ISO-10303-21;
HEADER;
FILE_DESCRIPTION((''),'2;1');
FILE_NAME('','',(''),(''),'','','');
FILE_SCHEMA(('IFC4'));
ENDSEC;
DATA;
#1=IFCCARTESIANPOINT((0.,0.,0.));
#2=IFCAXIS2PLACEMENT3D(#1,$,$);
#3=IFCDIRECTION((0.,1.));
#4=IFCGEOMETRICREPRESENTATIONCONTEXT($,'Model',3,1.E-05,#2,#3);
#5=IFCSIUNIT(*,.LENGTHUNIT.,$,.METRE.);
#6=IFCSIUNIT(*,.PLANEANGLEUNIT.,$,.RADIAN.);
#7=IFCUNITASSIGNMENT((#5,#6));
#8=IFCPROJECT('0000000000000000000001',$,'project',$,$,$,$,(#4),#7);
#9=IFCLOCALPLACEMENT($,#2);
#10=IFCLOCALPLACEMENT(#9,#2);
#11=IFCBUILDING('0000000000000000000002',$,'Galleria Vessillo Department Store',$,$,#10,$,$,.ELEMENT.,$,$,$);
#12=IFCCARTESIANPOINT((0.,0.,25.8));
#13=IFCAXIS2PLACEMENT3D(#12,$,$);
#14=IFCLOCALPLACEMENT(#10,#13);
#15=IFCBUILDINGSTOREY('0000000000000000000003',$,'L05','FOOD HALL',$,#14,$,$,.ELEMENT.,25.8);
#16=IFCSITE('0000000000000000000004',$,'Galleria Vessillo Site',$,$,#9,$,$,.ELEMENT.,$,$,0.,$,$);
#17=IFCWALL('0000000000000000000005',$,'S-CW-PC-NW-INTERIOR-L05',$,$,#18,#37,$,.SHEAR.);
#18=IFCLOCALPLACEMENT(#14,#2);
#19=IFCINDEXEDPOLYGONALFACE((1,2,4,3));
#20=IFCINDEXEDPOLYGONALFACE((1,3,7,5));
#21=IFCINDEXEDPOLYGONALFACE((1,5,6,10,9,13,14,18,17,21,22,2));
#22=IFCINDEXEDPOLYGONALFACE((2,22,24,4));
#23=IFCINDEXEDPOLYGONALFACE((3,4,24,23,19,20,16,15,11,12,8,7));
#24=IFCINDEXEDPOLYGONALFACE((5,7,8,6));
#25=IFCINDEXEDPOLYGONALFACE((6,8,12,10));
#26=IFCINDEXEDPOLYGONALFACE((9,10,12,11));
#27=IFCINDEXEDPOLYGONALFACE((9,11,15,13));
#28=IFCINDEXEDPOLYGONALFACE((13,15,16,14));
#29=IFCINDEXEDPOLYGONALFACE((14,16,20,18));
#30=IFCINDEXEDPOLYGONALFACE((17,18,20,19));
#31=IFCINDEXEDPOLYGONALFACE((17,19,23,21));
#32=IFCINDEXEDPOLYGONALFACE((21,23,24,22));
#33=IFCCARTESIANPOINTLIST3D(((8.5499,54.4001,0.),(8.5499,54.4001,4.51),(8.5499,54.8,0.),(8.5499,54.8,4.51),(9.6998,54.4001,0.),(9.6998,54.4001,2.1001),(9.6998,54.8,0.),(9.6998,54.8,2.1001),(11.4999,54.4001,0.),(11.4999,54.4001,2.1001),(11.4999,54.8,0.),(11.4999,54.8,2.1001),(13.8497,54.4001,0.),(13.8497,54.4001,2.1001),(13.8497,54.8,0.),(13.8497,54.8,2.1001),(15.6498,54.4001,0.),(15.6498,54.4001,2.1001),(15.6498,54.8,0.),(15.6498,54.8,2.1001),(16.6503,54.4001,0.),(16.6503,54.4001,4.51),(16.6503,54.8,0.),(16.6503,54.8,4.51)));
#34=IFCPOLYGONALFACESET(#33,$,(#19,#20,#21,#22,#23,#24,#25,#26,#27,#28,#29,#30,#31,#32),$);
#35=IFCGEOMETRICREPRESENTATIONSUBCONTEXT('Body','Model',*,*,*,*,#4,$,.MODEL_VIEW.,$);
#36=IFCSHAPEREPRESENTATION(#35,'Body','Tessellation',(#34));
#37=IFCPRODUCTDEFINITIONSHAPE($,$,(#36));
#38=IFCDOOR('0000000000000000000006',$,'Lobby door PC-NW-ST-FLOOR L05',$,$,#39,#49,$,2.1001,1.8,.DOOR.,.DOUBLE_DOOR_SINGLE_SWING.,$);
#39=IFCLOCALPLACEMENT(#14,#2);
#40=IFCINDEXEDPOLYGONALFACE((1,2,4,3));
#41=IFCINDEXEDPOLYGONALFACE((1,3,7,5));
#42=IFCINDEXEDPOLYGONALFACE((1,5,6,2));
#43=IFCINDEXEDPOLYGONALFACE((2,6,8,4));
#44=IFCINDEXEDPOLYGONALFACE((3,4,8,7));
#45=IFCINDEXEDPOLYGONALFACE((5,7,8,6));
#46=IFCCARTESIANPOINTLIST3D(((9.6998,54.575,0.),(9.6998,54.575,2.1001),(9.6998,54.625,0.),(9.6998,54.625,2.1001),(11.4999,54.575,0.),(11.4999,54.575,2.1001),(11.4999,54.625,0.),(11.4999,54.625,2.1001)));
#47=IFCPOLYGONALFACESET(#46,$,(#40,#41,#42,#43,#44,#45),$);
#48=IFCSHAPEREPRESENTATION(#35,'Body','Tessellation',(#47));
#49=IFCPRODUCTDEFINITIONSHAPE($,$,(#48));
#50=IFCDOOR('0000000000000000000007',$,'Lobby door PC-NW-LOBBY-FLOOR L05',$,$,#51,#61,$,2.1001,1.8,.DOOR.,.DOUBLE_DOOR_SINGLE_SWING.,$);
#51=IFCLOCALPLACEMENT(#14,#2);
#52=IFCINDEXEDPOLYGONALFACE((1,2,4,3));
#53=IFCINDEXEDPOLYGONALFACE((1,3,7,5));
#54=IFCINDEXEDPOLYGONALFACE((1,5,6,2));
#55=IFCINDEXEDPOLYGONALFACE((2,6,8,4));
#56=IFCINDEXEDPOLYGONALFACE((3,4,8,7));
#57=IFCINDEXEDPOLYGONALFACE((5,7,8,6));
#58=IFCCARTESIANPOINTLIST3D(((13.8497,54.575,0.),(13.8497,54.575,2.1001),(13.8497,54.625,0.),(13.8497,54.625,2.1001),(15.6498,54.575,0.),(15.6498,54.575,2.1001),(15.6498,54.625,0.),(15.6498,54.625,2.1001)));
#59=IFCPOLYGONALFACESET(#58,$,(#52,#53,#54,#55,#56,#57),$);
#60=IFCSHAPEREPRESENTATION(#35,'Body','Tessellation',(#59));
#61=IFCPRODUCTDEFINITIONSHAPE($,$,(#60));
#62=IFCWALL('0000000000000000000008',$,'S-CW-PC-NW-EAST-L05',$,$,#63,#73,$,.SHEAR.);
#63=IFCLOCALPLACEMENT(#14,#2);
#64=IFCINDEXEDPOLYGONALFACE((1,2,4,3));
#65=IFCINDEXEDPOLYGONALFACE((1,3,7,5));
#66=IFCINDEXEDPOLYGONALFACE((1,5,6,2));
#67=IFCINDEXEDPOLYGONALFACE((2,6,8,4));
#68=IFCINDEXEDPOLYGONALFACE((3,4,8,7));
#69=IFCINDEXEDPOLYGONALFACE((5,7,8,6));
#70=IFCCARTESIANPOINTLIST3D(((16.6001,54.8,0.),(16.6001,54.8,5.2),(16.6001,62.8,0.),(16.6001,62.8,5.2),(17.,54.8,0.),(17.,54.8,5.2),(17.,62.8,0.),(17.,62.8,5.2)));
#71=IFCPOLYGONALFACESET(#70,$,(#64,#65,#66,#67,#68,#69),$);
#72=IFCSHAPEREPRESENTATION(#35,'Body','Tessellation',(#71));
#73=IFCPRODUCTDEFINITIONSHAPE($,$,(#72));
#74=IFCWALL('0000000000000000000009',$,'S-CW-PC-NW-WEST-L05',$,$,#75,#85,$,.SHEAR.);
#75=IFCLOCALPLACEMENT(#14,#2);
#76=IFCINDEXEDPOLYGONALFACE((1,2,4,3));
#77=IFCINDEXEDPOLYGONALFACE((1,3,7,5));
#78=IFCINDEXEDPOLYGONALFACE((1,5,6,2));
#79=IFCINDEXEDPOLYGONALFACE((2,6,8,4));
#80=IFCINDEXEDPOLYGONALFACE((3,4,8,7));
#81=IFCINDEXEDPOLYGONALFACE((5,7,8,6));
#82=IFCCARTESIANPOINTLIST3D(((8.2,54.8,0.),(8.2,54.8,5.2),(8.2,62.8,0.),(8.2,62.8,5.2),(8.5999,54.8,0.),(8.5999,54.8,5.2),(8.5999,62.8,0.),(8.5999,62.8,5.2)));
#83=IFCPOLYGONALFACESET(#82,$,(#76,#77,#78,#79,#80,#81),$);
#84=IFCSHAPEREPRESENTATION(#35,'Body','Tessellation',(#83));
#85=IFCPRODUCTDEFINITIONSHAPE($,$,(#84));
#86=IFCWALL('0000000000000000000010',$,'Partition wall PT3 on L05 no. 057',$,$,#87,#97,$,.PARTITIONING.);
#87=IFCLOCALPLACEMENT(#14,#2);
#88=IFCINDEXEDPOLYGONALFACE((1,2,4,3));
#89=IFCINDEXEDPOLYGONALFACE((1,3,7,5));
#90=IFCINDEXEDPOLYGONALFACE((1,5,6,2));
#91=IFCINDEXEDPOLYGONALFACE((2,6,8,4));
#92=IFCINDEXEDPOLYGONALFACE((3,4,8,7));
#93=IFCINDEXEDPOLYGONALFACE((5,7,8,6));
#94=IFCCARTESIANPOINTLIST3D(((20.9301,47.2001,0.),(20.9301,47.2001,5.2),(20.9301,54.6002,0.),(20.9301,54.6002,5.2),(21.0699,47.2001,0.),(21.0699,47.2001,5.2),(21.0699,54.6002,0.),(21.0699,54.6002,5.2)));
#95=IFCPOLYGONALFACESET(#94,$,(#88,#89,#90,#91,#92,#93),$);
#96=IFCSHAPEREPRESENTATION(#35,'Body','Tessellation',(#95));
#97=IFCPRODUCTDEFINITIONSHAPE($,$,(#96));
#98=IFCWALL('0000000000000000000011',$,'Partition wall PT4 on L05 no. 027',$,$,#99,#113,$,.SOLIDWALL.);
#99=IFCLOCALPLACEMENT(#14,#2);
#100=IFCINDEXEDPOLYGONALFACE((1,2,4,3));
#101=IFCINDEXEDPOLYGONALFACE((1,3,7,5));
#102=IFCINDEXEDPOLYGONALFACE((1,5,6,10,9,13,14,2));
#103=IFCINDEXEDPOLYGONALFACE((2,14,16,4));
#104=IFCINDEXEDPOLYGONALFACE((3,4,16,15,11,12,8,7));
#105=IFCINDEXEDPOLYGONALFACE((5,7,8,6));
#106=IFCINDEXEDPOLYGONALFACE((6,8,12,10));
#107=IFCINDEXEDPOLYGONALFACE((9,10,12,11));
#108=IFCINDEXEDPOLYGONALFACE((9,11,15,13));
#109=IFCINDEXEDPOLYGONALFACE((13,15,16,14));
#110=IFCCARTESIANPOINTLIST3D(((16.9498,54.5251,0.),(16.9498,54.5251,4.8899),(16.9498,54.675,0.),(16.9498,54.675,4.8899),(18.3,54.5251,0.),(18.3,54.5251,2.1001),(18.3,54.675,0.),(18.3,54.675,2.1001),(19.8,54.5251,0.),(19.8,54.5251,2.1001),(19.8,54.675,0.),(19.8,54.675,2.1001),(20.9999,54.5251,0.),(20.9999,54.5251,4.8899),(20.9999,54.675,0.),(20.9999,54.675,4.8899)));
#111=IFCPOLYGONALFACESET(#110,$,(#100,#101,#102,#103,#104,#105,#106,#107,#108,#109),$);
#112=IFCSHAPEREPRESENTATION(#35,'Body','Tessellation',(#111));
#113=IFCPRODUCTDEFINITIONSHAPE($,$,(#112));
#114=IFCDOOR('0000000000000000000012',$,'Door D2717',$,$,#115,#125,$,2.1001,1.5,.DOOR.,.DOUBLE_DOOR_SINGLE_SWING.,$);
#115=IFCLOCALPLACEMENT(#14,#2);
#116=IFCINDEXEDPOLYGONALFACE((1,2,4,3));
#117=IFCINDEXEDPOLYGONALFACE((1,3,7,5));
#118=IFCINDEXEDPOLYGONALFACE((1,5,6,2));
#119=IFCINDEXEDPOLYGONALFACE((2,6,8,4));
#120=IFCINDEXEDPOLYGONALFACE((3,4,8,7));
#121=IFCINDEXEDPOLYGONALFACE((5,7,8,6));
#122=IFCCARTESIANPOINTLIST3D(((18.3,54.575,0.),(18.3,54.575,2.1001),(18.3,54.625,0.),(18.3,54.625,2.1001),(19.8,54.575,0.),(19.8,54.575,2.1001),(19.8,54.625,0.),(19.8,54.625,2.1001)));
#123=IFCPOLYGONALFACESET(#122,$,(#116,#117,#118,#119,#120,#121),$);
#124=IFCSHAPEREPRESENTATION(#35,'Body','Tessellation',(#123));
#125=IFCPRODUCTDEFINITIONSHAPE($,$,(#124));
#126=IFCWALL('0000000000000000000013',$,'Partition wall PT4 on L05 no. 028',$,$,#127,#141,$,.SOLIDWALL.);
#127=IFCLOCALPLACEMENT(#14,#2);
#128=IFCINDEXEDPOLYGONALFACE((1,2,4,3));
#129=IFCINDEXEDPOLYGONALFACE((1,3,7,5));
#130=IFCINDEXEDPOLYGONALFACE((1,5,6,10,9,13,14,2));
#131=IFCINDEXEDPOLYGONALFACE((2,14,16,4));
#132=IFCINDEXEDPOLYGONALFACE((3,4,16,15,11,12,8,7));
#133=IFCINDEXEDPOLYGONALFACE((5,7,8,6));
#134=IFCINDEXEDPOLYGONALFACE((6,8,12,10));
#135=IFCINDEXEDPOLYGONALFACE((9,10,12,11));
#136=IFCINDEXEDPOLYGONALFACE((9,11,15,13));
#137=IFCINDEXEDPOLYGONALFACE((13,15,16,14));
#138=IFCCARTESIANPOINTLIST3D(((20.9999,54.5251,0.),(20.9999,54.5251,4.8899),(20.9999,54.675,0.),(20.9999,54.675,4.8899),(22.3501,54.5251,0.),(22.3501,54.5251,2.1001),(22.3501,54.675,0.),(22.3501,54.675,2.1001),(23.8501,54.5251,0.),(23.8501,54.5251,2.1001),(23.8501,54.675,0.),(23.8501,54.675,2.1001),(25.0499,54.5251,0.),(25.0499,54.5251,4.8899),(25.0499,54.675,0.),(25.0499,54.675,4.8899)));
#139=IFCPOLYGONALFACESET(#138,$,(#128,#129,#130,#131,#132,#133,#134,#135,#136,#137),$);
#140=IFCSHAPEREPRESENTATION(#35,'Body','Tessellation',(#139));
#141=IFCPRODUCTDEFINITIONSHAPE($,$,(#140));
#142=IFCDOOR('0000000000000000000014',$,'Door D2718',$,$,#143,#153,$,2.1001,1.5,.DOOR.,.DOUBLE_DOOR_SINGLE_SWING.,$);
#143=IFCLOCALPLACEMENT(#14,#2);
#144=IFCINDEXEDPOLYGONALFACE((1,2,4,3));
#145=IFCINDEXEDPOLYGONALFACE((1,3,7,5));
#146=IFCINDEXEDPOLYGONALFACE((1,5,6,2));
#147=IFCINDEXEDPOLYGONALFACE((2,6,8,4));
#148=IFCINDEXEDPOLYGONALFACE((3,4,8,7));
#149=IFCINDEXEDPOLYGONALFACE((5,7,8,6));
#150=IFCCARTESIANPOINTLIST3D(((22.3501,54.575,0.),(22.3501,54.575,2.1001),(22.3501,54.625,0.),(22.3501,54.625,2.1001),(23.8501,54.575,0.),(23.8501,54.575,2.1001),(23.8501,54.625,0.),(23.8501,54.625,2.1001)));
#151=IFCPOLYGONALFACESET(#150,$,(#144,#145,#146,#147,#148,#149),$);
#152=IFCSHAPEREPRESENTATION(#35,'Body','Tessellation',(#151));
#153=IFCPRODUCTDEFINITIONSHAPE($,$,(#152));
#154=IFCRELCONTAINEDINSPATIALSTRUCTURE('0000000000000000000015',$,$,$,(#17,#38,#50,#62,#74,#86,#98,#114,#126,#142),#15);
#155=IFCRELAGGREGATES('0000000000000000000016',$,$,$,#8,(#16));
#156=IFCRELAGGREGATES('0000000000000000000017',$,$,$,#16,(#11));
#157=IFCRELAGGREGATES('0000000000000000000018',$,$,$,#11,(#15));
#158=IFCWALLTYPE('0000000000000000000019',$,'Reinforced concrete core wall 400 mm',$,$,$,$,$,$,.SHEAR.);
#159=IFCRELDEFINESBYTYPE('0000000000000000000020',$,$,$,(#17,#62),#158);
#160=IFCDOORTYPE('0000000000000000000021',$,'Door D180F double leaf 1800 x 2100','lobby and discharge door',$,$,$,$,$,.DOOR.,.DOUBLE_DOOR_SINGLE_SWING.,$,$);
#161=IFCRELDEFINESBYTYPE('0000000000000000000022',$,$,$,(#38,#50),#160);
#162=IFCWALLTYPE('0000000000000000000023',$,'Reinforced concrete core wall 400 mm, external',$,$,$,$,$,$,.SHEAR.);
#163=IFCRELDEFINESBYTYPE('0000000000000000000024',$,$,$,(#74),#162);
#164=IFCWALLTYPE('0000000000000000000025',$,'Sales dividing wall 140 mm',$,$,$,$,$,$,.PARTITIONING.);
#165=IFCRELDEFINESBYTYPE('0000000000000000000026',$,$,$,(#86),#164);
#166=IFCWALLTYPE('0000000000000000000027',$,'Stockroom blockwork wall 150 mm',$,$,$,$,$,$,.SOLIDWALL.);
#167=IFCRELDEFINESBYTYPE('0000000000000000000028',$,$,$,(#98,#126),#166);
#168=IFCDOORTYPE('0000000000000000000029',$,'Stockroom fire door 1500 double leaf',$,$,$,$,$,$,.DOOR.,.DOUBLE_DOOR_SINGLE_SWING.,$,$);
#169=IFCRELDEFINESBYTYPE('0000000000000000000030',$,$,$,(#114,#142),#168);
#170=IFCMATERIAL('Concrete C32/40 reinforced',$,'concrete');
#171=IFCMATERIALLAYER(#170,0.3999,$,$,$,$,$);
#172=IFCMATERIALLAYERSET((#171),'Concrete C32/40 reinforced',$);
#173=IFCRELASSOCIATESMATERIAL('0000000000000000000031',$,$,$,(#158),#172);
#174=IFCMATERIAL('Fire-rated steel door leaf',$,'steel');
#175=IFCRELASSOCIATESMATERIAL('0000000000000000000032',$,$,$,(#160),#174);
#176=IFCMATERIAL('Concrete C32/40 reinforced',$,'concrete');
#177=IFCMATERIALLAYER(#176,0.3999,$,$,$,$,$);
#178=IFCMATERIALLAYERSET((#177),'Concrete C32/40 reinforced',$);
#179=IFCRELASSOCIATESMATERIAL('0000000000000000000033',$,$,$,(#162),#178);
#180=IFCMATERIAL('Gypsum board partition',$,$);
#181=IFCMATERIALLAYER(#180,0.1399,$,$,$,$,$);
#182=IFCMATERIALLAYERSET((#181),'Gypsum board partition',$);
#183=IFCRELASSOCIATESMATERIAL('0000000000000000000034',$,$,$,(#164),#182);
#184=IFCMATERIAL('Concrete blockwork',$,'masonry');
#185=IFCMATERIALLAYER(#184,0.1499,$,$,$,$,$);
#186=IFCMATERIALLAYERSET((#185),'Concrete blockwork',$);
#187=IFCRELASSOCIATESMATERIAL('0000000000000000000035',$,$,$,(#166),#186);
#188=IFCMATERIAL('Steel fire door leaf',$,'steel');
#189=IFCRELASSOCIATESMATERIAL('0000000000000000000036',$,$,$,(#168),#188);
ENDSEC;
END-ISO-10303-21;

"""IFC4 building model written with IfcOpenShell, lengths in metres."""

from ifc_helpers import new_model, si_unit, direction, frame, frame_2d, origin, place, context, subcontext, project, spatial, rectangle, extrude, material, layer, layer_set, type_object, element, fill, save


model = new_model("IFC4")

# Units and contexts
model_context = context("Model", 3, precision=1e-05, world=origin(), true_north=direction((0.0, 1.0)))
body_context = subcontext(model_context, "Body", "Model", "MODEL_VIEW")
ifc_project = project(units=[si_unit("LENGTHUNIT", "METRE"), si_unit("PLANEANGLEUNIT", "RADIAN")], contexts=[model_context])

# Site, building, storey
site_placement = place(None, origin())
site = spatial("IfcSite", under=ifc_project, at=site_placement, Name="Galleria Vessillo Site", CompositionType="ELEMENT", RefElevation=0.0)
building_placement = place(site_placement, origin())
building = spatial("IfcBuilding", under=site, at=building_placement, Name="Galleria Vessillo Department Store", CompositionType="ELEMENT")
storey_placement = place(building_placement, frame((0.0, 0.0, 25.8)))
storey = spatial("IfcBuildingStorey", under=building, at=storey_placement, Name="L05", Description="FOOD HALL", CompositionType="ELEMENT", Elevation=25.8)

# Wall, openings, doors
ifc_material_1 = material(Name="Concrete C32/40 reinforced", Category="concrete")
ifc_layer_1 = layer(ifc_material_1, 0.3999)
ifc_layer_set_1 = layer_set([ifc_layer_1], Name="Concrete C32/40 reinforced")
wall_type_1 = type_object("IfcWallType", Name="Reinforced concrete core wall 400 mm", PredefinedType="SHEAR", material=ifc_layer_set_1)
wall_1_placement = place(storey_placement, frame((8.5498, 54.6001, 0.0), z_axis=(0.0, 0.0, 1.0), x_axis=(1.0, 0.0, 0.0)))
wall_1 = element("IfcWall", 1, at=wall_1_placement, inside=storey, type_object=wall_type_1, Name="S-CW-PC-NW-INTERIOR-L05", PredefinedType="SHEAR", context=body_context, shape_type="SweptSolid", body=[
    extrude(rectangle(XDim=8.1003, YDim=0.3999, at=frame_2d((4.0503, 0.0))), origin(), (0.0, 0.0, 1.0), 4.51),
])
opening_1_placement = place(wall_1_placement, frame((1.1501, 0.0, 0.0)))
opening_1 = element("IfcOpeningElement", 2, at=opening_1_placement, cuts=wall_1, PredefinedType="OPENING", context=body_context, shape_type="SweptSolid", body=[
    extrude(rectangle(XDim=1.8, YDim=2.1001, at=frame_2d((0.8999, 1.05))), frame((0.0, 0.21, 0.0), z_axis=(0.0, -1.0, 0.0), x_axis=(1.0, 0.0, 0.0)), (0.0, 0.0, 1.0), 0.4199),
])
opening_2_placement = place(wall_1_placement, frame((5.3, 0.0, 0.0)))
opening_2 = element("IfcOpeningElement", 3, at=opening_2_placement, cuts=wall_1, PredefinedType="OPENING", context=body_context, shape_type="SweptSolid", body=[
    extrude(rectangle(XDim=1.8, YDim=2.1001, at=frame_2d((0.8999, 1.05))), frame((0.0, 0.21, 0.0), z_axis=(0.0, -1.0, 0.0), x_axis=(1.0, 0.0, 0.0)), (0.0, 0.0, 1.0), 0.4199),
])
ifc_material_2 = material(Name="Fire-rated steel door leaf", Category="steel")
door_type_1 = type_object("IfcDoorType", Name="Door D180F double leaf 1800 x 2100", Description="lobby and discharge door", OperationType="DOUBLE_DOOR_SINGLE_SWING", PredefinedType="DOOR", material=ifc_material_2)
door_1_placement = place(opening_1_placement, origin())
door_1 = element("IfcDoor", 4, at=door_1_placement, inside=storey, type_object=door_type_1, Name="Lobby door PC-NW-ST-FLOOR L05", OperationType="DOUBLE_DOOR_SINGLE_SWING", OverallHeight=2.1001, OverallWidth=1.8, PredefinedType="DOOR", context=body_context, shape_type="SweptSolid", body=[
    extrude(rectangle(XDim=1.8, YDim=2.1001, at=frame_2d((0.8999, 1.05))), frame((0.0, 0.0249, 0.0), z_axis=(0.0, -1.0, 0.0), x_axis=(1.0, 0.0, 0.0)), (0.0, 0.0, 1.0), 0.05),
])
fill(opening_1, door_1)
door_2_placement = place(opening_2_placement, origin())
door_2 = element("IfcDoor", 5, at=door_2_placement, inside=storey, type_object=door_type_1, Name="Lobby door PC-NW-LOBBY-FLOOR L05", OperationType="DOUBLE_DOOR_SINGLE_SWING", OverallHeight=2.1001, OverallWidth=1.8, PredefinedType="DOOR", context=body_context, shape_type="SweptSolid", body=[
    extrude(rectangle(XDim=1.8, YDim=2.1001, at=frame_2d((0.8999, 1.05))), frame((0.0, 0.0249, 0.0), z_axis=(0.0, -1.0, 0.0), x_axis=(1.0, 0.0, 0.0)), (0.0, 0.0, 1.0), 0.05),
])
fill(opening_2, door_2)

# Walls
wall_2_placement = place(storey_placement, frame((16.8, 54.8, 0.0), z_axis=(0.0, 0.0, 1.0), x_axis=(0.0, 1.0, 0.0)))
element("IfcWall", 6, at=wall_2_placement, inside=storey, type_object=wall_type_1, Name="S-CW-PC-NW-EAST-L05", PredefinedType="SHEAR", context=body_context, shape_type="SweptSolid", body=[
    extrude(rectangle(XDim=8.0, YDim=0.3999, at=frame_2d((4.0, 0.0))), origin(), (0.0, 0.0, 1.0), 5.2),
])
ifc_material_3 = material(Name="Concrete C32/40 reinforced", Category="concrete")
ifc_layer_2 = layer(ifc_material_3, 0.3999)
ifc_layer_set_2 = layer_set([ifc_layer_2], Name="Concrete C32/40 reinforced")
wall_type_2 = type_object("IfcWallType", Name="Reinforced concrete core wall 400 mm, external", PredefinedType="SHEAR", material=ifc_layer_set_2)
wall_3_placement = place(storey_placement, frame((8.3999, 54.8, 0.0), z_axis=(0.0, 0.0, 1.0), x_axis=(0.0, 1.0, 0.0)))
element("IfcWall", 7, at=wall_3_placement, inside=storey, type_object=wall_type_2, Name="S-CW-PC-NW-WEST-L05", PredefinedType="SHEAR", context=body_context, shape_type="SweptSolid", body=[
    extrude(rectangle(XDim=8.0, YDim=0.3999, at=frame_2d((4.0, 0.0))), origin(), (0.0, 0.0, 1.0), 5.2),
])
ifc_material_4 = material(Name="Gypsum board partition")
ifc_layer_3 = layer(ifc_material_4, 0.1399)
ifc_layer_set_3 = layer_set([ifc_layer_3], Name="Gypsum board partition")
wall_type_3 = type_object("IfcWallType", Name="Sales dividing wall 140 mm", PredefinedType="PARTITIONING", material=ifc_layer_set_3)
wall_4_placement = place(storey_placement, frame((21.0, 47.2, 0.0), z_axis=(0.0, 0.0, 1.0), x_axis=(0.0, 1.0, 0.0)))
element("IfcWall", 8, at=wall_4_placement, inside=storey, type_object=wall_type_3, Name="Partition wall PT3 on L05 no. 057", PredefinedType="PARTITIONING", context=body_context, shape_type="SweptSolid", body=[
    extrude(rectangle(XDim=7.4001, YDim=0.1399, at=frame_2d((3.7002, 0.0))), origin(), (0.0, 0.0, 1.0), 5.2),
])

# Walls, openings, doors
ifc_material_5 = material(Name="Concrete blockwork", Category="masonry")
ifc_layer_4 = layer(ifc_material_5, 0.1499)
ifc_layer_set_4 = layer_set([ifc_layer_4], Name="Concrete blockwork")
wall_type_4 = type_object("IfcWallType", Name="Stockroom blockwork wall 150 mm", PredefinedType="SOLIDWALL", material=ifc_layer_set_4)
wall_5_placement = place(storey_placement, frame((16.95, 54.6001, 0.0), z_axis=(0.0, 0.0, 1.0), x_axis=(1.0, 0.0, 0.0)))
wall_5 = element("IfcWall", 9, at=wall_5_placement, inside=storey, type_object=wall_type_4, Name="Partition wall PT4 on L05 no. 027", PredefinedType="SOLIDWALL", context=body_context, shape_type="SweptSolid", body=[
    extrude(rectangle(XDim=4.05, YDim=0.1499, at=frame_2d((2.0249, 0.0))), origin(), (0.0, 0.0, 1.0), 4.8899),
])
opening_3_placement = place(wall_5_placement, frame((1.3501, 0.0, 0.0)))
opening_3 = element("IfcOpeningElement", 10, at=opening_3_placement, cuts=wall_5, PredefinedType="OPENING", context=body_context, shape_type="SweptSolid", body=[
    extrude(rectangle(XDim=1.5, YDim=2.1001, at=frame_2d((0.75, 1.05))), frame((0.0, 0.085, 0.0), z_axis=(0.0, -1.0, 0.0), x_axis=(1.0, 0.0, 0.0)), (0.0, 0.0, 1.0), 0.1699),
])
ifc_material_6 = material(Name="Steel fire door leaf", Category="steel")
door_type_2 = type_object("IfcDoorType", Name="Stockroom fire door 1500 double leaf", OperationType="DOUBLE_DOOR_SINGLE_SWING", PredefinedType="DOOR", material=ifc_material_6)
door_3_placement = place(opening_3_placement, origin())
door_3 = element("IfcDoor", 11, at=door_3_placement, inside=storey, type_object=door_type_2, Name="Door D2717", OperationType="DOUBLE_DOOR_SINGLE_SWING", OverallHeight=2.1001, OverallWidth=1.5, PredefinedType="DOOR", context=body_context, shape_type="SweptSolid", body=[
    extrude(rectangle(XDim=1.5, YDim=2.1001, at=frame_2d((0.75, 1.05))), frame((0.0, 0.0249, 0.0), z_axis=(0.0, -1.0, 0.0), x_axis=(1.0, 0.0, 0.0)), (0.0, 0.0, 1.0), 0.05),
])
fill(opening_3, door_3)
wall_6_placement = place(storey_placement, frame((21.0, 54.6001, 0.0), z_axis=(0.0, 0.0, 1.0), x_axis=(1.0, 0.0, 0.0)))
wall_6 = element("IfcWall", 12, at=wall_6_placement, inside=storey, type_object=wall_type_4, Name="Partition wall PT4 on L05 no. 028", PredefinedType="SOLIDWALL", context=body_context, shape_type="SweptSolid", body=[
    extrude(rectangle(XDim=4.05, YDim=0.1499, at=frame_2d((2.0249, 0.0))), origin(), (0.0, 0.0, 1.0), 4.8899),
])
opening_4_placement = place(wall_6_placement, frame((1.3501, 0.0, 0.0)))
opening_4 = element("IfcOpeningElement", 13, at=opening_4_placement, cuts=wall_6, PredefinedType="OPENING", context=body_context, shape_type="SweptSolid", body=[
    extrude(rectangle(XDim=1.5, YDim=2.1001, at=frame_2d((0.75, 1.05))), frame((0.0, 0.085, 0.0), z_axis=(0.0, -1.0, 0.0), x_axis=(1.0, 0.0, 0.0)), (0.0, 0.0, 1.0), 0.1699),
])
door_4_placement = place(opening_4_placement, origin())
door_4 = element("IfcDoor", 14, at=door_4_placement, inside=storey, type_object=door_type_2, Name="Door D2718", OperationType="DOUBLE_DOOR_SINGLE_SWING", OverallHeight=2.1001, OverallWidth=1.5, PredefinedType="DOOR", context=body_context, shape_type="SweptSolid", body=[
    extrude(rectangle(XDim=1.5, YDim=2.1001, at=frame_2d((0.75, 1.05))), frame((0.0, 0.0249, 0.0), z_axis=(0.0, -1.0, 0.0), x_axis=(1.0, 0.0, 0.0)), (0.0, 0.0, 1.0), 0.05),
])
fill(opening_4, door_4)

save(model, "model.ifc")
